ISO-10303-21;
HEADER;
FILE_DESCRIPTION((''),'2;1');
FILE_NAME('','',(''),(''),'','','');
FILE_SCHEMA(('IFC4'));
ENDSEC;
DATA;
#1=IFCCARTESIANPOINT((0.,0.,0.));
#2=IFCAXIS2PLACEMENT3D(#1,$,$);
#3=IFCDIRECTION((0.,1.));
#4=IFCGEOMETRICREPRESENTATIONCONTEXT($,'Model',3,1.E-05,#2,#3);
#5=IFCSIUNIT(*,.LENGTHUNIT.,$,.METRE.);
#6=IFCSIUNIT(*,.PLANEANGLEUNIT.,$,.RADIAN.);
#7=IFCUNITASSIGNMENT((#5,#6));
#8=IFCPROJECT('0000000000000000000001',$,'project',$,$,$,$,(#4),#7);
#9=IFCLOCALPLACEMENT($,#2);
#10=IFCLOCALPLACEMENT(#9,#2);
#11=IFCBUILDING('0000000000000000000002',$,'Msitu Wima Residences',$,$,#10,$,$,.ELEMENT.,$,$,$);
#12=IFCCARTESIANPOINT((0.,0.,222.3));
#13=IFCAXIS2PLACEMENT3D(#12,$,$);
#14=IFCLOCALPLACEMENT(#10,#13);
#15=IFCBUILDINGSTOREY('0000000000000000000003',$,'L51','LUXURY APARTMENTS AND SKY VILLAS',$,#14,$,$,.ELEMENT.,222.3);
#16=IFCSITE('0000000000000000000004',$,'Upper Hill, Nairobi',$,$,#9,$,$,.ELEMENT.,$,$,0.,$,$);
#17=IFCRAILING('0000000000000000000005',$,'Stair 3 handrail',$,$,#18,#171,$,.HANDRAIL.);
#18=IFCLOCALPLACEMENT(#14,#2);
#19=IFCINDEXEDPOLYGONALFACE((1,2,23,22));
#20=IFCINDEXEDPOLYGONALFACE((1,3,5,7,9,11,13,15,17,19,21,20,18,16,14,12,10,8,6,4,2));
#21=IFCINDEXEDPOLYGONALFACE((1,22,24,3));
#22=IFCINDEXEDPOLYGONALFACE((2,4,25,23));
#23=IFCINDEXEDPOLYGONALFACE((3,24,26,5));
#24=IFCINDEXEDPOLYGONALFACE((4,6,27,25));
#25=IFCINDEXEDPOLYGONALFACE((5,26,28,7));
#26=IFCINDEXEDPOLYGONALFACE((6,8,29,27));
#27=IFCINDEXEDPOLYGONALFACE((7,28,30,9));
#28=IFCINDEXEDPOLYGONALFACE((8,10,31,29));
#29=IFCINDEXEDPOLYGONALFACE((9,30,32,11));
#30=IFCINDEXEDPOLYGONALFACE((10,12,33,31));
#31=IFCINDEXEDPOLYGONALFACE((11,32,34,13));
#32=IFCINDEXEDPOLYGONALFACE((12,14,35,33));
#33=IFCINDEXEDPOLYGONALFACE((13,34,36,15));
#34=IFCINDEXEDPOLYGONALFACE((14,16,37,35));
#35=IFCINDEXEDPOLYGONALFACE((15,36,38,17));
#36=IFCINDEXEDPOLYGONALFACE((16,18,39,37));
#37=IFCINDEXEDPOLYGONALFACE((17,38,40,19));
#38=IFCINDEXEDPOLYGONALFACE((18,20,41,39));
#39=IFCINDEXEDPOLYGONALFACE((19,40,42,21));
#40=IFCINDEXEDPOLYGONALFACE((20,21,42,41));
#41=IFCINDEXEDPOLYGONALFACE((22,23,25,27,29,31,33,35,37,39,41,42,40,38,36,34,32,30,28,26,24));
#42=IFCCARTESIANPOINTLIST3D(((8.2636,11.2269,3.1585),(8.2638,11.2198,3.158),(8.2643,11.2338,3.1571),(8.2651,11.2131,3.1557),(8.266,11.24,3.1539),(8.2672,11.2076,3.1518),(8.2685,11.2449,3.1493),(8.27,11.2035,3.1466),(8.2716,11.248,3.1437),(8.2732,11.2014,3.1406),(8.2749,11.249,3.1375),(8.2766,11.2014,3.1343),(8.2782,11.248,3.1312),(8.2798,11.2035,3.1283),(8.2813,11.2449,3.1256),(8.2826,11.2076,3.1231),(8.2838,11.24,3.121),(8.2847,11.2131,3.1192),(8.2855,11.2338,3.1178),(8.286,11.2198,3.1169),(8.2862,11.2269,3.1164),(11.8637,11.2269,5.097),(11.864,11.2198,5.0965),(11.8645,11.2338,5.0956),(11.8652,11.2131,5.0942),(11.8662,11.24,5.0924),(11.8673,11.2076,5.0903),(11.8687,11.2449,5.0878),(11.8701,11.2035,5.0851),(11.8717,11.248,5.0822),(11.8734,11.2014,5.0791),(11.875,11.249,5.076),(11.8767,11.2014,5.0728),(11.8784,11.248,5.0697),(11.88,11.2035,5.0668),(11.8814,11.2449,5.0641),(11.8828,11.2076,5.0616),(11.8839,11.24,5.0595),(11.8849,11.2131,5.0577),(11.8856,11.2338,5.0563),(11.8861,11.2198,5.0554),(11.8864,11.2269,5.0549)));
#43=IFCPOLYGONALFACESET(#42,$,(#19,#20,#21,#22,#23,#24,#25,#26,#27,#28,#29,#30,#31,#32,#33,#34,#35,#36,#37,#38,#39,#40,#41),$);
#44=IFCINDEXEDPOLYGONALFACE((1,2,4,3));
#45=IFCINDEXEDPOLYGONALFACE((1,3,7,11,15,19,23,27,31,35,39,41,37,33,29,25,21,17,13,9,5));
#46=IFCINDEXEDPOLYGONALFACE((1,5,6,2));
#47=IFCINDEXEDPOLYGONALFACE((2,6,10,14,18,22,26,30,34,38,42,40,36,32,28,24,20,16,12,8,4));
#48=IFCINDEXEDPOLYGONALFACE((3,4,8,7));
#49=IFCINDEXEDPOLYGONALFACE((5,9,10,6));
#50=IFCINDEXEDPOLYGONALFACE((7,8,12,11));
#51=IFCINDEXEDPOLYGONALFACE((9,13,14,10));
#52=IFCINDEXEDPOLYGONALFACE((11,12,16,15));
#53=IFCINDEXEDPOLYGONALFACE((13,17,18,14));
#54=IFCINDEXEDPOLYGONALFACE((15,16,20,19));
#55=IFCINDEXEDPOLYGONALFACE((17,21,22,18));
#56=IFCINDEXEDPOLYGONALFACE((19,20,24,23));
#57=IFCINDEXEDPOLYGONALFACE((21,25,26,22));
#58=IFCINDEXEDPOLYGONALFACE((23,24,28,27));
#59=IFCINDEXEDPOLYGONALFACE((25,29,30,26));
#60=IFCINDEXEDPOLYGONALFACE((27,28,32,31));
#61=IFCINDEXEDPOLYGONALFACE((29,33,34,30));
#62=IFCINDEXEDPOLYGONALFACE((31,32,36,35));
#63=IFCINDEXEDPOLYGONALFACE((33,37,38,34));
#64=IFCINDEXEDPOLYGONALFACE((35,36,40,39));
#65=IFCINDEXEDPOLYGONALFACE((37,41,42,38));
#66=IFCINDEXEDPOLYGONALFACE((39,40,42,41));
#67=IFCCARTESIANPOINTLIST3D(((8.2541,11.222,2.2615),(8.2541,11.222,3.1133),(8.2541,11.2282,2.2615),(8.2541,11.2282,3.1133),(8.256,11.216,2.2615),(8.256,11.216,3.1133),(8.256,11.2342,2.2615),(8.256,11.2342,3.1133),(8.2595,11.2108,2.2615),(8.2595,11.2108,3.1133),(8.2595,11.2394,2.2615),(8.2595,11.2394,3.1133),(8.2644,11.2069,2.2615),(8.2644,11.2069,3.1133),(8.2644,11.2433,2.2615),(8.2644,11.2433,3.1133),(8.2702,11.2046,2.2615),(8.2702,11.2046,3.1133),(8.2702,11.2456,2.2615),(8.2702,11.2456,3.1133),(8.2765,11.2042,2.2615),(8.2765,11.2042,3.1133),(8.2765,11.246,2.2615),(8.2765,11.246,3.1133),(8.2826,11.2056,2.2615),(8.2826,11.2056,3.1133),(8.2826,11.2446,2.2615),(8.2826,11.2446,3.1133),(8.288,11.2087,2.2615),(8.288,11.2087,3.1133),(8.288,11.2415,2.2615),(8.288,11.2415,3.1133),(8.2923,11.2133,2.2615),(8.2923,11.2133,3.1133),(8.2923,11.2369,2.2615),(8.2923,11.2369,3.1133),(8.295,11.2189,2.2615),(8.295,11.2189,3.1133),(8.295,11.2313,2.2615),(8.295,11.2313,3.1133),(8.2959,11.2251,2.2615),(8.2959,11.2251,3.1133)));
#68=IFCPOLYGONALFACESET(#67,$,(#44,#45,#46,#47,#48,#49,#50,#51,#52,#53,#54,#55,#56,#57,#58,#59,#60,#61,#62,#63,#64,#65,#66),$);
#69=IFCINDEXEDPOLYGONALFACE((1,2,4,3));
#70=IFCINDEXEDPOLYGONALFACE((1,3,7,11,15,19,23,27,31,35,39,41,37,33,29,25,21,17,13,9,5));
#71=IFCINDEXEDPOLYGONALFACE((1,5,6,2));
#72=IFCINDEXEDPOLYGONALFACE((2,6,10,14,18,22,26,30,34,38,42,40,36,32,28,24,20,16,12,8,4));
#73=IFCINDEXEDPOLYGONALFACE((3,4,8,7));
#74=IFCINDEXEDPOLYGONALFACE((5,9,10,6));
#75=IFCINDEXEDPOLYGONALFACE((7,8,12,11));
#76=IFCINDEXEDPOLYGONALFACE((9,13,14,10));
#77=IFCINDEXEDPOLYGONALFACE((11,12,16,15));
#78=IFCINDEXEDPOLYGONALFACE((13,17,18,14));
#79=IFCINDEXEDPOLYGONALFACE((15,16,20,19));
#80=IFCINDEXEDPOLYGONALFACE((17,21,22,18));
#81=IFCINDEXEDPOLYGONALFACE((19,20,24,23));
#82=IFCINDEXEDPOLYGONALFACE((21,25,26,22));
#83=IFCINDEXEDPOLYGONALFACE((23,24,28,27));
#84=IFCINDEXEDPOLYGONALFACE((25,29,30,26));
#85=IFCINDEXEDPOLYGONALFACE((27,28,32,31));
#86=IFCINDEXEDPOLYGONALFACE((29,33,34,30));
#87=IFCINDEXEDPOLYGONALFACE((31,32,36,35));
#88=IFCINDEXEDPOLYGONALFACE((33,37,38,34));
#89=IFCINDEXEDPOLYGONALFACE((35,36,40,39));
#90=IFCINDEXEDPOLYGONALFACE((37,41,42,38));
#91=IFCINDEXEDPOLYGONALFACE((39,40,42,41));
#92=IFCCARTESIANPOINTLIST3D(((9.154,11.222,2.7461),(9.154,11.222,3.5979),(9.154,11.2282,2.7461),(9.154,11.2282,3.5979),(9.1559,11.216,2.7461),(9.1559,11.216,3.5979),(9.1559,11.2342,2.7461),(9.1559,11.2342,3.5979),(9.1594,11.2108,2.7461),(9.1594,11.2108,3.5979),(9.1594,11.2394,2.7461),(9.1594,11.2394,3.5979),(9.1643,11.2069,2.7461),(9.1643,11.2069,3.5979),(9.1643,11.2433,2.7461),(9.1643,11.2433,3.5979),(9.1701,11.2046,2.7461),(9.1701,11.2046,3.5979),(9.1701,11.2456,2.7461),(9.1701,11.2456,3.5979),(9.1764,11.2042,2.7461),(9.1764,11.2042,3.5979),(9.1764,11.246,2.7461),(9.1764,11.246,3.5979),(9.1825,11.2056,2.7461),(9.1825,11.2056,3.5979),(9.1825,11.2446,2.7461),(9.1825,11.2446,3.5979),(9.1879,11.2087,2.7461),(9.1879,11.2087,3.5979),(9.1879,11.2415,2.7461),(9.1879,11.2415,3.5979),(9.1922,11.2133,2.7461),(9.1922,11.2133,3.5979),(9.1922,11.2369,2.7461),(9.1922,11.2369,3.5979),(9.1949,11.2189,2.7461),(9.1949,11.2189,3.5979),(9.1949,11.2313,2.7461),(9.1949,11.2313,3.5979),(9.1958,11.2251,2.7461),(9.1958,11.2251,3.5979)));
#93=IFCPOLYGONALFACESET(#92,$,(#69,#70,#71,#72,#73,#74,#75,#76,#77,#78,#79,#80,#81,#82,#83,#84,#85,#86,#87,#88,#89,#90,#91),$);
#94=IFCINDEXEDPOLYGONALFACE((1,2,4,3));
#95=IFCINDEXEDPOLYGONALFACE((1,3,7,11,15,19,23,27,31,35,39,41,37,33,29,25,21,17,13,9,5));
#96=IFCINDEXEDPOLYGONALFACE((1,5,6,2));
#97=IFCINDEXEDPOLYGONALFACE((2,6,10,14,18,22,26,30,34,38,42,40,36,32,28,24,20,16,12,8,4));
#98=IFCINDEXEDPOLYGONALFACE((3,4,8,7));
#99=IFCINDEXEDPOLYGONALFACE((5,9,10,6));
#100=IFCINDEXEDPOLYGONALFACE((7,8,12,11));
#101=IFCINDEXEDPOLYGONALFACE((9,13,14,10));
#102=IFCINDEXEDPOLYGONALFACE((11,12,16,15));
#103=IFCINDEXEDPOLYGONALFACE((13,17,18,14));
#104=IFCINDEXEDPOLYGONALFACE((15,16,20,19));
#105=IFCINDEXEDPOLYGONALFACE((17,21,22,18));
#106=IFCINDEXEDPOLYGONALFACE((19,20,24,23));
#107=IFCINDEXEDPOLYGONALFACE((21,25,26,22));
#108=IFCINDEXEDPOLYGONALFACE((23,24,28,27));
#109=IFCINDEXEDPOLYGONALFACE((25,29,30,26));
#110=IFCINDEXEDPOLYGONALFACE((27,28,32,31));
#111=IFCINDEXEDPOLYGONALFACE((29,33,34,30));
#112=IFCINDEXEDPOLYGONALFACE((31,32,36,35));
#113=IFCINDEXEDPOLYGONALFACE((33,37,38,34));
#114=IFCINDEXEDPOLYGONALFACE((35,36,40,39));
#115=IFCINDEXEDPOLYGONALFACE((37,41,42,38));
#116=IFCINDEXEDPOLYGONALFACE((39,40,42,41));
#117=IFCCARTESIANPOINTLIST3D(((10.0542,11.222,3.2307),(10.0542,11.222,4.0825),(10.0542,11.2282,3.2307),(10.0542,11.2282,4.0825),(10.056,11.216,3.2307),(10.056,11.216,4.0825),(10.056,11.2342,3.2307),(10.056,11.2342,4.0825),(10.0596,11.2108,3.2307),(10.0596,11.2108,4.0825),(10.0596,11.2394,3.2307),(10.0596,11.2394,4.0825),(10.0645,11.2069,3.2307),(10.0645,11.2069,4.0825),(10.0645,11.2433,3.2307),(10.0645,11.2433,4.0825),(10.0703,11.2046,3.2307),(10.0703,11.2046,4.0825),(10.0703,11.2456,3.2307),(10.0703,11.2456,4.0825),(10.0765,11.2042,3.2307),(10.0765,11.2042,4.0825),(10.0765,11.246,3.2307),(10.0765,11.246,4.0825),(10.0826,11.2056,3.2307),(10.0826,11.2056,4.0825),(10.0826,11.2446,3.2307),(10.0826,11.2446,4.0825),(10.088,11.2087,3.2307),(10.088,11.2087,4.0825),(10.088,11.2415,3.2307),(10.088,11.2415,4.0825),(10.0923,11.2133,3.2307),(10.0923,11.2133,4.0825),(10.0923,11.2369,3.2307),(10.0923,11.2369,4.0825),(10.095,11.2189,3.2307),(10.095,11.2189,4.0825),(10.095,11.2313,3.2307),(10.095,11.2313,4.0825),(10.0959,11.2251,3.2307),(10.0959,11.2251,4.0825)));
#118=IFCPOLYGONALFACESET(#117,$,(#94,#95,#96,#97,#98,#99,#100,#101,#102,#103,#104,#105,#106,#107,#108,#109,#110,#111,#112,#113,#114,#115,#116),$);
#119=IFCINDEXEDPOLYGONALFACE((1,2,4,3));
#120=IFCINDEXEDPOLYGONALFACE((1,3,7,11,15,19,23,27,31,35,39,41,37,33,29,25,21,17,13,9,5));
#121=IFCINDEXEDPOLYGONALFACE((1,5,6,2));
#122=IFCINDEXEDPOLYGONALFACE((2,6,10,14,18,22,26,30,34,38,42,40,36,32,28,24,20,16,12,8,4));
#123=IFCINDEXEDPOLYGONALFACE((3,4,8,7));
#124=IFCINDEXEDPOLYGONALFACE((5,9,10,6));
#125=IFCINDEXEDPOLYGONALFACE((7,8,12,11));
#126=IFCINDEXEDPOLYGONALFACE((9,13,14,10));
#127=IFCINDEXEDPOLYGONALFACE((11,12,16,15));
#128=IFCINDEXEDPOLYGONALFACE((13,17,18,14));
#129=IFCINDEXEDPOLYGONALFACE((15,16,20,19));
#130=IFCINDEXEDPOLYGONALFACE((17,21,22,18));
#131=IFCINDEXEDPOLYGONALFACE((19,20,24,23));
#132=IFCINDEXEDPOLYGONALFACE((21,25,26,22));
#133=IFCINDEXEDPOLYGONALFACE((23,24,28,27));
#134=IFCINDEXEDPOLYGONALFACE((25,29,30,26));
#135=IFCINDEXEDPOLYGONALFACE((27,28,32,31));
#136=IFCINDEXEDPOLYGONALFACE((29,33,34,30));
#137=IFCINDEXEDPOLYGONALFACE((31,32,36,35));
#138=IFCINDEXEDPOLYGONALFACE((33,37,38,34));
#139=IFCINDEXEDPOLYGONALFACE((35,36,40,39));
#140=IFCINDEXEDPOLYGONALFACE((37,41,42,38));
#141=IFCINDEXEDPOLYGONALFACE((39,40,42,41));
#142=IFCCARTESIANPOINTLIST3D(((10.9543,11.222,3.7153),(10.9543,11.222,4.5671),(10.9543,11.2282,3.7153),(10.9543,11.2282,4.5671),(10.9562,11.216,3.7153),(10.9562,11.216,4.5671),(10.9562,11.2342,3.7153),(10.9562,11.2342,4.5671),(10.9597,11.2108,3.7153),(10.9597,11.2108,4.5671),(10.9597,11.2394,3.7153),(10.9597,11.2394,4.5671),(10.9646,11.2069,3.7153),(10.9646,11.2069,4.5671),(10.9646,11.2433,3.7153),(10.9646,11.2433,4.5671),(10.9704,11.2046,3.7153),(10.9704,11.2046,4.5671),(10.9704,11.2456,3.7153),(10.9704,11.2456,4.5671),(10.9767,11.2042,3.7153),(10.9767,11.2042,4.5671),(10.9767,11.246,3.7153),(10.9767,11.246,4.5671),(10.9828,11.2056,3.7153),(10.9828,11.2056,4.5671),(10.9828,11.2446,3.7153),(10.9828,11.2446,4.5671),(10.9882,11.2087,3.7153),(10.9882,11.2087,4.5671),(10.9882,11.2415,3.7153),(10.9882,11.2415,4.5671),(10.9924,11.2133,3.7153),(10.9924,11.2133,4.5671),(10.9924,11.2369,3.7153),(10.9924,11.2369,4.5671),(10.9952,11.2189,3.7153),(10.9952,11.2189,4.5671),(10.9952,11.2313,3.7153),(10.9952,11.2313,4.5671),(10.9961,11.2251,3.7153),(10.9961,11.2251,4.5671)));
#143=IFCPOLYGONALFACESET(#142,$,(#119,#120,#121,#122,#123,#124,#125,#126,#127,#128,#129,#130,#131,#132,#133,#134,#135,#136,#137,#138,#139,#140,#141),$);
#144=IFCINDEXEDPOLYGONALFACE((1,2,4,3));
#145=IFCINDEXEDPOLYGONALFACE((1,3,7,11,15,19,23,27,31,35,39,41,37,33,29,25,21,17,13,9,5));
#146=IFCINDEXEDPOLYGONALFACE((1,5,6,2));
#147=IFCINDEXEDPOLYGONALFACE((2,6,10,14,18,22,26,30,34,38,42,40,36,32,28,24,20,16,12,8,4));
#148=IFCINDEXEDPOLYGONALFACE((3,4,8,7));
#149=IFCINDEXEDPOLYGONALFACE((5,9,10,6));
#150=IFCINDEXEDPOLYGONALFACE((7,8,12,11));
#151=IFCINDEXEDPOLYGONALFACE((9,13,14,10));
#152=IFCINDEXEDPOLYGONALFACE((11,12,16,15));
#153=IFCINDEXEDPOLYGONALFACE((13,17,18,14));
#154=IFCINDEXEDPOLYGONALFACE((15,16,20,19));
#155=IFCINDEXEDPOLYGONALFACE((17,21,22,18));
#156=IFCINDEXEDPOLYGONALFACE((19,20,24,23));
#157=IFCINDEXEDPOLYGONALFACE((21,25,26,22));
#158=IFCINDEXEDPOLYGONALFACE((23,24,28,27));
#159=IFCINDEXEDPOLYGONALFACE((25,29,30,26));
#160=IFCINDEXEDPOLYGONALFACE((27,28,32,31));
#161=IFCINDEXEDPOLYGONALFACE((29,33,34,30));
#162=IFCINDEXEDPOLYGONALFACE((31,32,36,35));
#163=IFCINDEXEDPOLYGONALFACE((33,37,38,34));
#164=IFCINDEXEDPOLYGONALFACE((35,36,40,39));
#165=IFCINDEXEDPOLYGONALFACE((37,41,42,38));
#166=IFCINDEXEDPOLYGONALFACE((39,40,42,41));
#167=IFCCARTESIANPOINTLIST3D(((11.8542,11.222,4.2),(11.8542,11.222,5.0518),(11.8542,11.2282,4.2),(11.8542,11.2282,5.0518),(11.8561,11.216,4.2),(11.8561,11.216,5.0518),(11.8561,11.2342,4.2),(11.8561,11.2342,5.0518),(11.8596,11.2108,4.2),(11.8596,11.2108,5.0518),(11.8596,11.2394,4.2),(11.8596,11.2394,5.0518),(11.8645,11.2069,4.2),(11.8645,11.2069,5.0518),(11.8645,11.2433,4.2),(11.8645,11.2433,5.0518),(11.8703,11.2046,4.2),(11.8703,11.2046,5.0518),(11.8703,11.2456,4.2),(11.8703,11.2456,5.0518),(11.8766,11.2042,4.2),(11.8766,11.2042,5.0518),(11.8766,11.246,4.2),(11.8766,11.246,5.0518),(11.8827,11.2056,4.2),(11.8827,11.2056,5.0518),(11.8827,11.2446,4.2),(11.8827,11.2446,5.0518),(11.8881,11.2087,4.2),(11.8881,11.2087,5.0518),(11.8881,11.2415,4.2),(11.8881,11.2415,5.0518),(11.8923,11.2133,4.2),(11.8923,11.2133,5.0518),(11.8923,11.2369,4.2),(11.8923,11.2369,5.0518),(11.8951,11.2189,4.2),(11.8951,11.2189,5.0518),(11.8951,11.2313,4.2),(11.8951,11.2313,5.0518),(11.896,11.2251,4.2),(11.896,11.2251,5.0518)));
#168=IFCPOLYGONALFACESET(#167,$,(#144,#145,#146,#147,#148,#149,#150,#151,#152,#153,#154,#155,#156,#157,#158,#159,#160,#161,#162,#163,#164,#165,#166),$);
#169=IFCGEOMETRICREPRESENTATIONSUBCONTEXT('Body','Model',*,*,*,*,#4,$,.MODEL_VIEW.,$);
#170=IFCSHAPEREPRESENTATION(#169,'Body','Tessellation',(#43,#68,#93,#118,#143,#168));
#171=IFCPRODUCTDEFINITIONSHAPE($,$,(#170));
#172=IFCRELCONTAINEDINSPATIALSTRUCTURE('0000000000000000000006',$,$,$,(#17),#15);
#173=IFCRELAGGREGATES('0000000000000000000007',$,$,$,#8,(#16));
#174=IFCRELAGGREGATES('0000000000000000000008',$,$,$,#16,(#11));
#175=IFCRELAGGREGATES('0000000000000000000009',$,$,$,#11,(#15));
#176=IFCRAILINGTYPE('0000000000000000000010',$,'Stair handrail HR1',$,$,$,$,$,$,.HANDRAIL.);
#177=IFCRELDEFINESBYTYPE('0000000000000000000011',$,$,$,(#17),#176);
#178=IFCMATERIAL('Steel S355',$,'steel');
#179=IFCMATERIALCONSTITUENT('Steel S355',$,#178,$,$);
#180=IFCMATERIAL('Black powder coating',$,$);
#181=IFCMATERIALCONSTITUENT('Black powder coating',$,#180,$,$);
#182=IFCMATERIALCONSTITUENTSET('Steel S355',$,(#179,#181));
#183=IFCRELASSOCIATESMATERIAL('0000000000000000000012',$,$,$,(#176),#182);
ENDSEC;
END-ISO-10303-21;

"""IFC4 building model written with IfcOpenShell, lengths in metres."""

from ifc_helpers import new_model, si_unit, direction, frame, origin, origin_2d, place, context, subcontext, project, spatial, circle, extrude, material, constituent, constituent_set, type_object, element, save


model = new_model("IFC4")

# Units and contexts
model_context = context("Model", 3, precision=1e-05, world=origin(), true_north=direction((0.0, 1.0)))
body_context = subcontext(model_context, "Body", "Model", "MODEL_VIEW")
ifc_project = project(units=[si_unit("LENGTHUNIT", "METRE"), si_unit("PLANEANGLEUNIT", "RADIAN")], contexts=[model_context])

# Site, building, storey
site_placement = place(None, origin())
site = spatial("IfcSite", under=ifc_project, at=site_placement, Name="Upper Hill, Nairobi", CompositionType="ELEMENT", RefElevation=0.0)
building_placement = place(site_placement, origin())
building = spatial("IfcBuilding", under=site, at=building_placement, Name="Msitu Wima Residences", CompositionType="ELEMENT")
storey_placement = place(building_placement, frame((0.0, 0.0, 222.3)))
storey = spatial("IfcBuildingStorey", under=building, at=storey_placement, Name="L51", Description="LUXURY APARTMENTS AND SKY VILLAS", CompositionType="ELEMENT", Elevation=222.3)

# Railing
ifc_material_1 = material(Name="Steel S355", Category="steel")
ifc_constituent_1 = constituent(ifc_material_1, Name="Steel S355")
ifc_material_2 = material(Name="Black powder coating")
ifc_constituent_2 = constituent(ifc_material_2, Name="Black powder coating")
ifc_constituent_set = constituent_set(constituents=[ifc_constituent_1, ifc_constituent_2], Name="Steel S355")
railing_type = type_object("IfcRailingType", Name="Stair handrail HR1", PredefinedType="HANDRAIL", material=ifc_constituent_set)
for number, where, name in (
    (1, (8.2749, 11.2251, 2.2615), "Stair 3 handrail"),
):
    element("IfcRailing", number, at=place(storey_placement, frame(where)), inside=storey, type_object=railing_type, Name=name, PredefinedType="HANDRAIL", context=body_context, shape_type="SweptSolid", body=[
        extrude(circle(Radius=0.0239, at=origin_2d()), frame((0.0, 0.0, 0.876), z_axis=(0.880475, 0.0, 0.474093), x_axis=(0.0, 1.0, 0.0)), (0.0, 0.0, 1.0), 4.0889),
        extrude(circle(Radius=0.021, at=origin_2d()), origin(), (0.0, 0.0, 1.0), 0.8518),
        extrude(circle(Radius=0.021, at=origin_2d()), frame((0.8999, 0.0, 0.4846)), (0.0, 0.0, 1.0), 0.8518),
        extrude(circle(Radius=0.021, at=origin_2d()), frame((1.8, 0.0, 0.9692)), (0.0, 0.0, 1.0), 0.8518),
        extrude(circle(Radius=0.021, at=origin_2d()), frame((2.7002, 0.0, 1.4539)), (0.0, 0.0, 1.0), 0.8518),
        extrude(circle(Radius=0.021, at=origin_2d()), frame((3.6001, 0.0, 1.9385)), (0.0, 0.0, 1.0), 0.8518),
    ])

save(model, "model.ifc")
